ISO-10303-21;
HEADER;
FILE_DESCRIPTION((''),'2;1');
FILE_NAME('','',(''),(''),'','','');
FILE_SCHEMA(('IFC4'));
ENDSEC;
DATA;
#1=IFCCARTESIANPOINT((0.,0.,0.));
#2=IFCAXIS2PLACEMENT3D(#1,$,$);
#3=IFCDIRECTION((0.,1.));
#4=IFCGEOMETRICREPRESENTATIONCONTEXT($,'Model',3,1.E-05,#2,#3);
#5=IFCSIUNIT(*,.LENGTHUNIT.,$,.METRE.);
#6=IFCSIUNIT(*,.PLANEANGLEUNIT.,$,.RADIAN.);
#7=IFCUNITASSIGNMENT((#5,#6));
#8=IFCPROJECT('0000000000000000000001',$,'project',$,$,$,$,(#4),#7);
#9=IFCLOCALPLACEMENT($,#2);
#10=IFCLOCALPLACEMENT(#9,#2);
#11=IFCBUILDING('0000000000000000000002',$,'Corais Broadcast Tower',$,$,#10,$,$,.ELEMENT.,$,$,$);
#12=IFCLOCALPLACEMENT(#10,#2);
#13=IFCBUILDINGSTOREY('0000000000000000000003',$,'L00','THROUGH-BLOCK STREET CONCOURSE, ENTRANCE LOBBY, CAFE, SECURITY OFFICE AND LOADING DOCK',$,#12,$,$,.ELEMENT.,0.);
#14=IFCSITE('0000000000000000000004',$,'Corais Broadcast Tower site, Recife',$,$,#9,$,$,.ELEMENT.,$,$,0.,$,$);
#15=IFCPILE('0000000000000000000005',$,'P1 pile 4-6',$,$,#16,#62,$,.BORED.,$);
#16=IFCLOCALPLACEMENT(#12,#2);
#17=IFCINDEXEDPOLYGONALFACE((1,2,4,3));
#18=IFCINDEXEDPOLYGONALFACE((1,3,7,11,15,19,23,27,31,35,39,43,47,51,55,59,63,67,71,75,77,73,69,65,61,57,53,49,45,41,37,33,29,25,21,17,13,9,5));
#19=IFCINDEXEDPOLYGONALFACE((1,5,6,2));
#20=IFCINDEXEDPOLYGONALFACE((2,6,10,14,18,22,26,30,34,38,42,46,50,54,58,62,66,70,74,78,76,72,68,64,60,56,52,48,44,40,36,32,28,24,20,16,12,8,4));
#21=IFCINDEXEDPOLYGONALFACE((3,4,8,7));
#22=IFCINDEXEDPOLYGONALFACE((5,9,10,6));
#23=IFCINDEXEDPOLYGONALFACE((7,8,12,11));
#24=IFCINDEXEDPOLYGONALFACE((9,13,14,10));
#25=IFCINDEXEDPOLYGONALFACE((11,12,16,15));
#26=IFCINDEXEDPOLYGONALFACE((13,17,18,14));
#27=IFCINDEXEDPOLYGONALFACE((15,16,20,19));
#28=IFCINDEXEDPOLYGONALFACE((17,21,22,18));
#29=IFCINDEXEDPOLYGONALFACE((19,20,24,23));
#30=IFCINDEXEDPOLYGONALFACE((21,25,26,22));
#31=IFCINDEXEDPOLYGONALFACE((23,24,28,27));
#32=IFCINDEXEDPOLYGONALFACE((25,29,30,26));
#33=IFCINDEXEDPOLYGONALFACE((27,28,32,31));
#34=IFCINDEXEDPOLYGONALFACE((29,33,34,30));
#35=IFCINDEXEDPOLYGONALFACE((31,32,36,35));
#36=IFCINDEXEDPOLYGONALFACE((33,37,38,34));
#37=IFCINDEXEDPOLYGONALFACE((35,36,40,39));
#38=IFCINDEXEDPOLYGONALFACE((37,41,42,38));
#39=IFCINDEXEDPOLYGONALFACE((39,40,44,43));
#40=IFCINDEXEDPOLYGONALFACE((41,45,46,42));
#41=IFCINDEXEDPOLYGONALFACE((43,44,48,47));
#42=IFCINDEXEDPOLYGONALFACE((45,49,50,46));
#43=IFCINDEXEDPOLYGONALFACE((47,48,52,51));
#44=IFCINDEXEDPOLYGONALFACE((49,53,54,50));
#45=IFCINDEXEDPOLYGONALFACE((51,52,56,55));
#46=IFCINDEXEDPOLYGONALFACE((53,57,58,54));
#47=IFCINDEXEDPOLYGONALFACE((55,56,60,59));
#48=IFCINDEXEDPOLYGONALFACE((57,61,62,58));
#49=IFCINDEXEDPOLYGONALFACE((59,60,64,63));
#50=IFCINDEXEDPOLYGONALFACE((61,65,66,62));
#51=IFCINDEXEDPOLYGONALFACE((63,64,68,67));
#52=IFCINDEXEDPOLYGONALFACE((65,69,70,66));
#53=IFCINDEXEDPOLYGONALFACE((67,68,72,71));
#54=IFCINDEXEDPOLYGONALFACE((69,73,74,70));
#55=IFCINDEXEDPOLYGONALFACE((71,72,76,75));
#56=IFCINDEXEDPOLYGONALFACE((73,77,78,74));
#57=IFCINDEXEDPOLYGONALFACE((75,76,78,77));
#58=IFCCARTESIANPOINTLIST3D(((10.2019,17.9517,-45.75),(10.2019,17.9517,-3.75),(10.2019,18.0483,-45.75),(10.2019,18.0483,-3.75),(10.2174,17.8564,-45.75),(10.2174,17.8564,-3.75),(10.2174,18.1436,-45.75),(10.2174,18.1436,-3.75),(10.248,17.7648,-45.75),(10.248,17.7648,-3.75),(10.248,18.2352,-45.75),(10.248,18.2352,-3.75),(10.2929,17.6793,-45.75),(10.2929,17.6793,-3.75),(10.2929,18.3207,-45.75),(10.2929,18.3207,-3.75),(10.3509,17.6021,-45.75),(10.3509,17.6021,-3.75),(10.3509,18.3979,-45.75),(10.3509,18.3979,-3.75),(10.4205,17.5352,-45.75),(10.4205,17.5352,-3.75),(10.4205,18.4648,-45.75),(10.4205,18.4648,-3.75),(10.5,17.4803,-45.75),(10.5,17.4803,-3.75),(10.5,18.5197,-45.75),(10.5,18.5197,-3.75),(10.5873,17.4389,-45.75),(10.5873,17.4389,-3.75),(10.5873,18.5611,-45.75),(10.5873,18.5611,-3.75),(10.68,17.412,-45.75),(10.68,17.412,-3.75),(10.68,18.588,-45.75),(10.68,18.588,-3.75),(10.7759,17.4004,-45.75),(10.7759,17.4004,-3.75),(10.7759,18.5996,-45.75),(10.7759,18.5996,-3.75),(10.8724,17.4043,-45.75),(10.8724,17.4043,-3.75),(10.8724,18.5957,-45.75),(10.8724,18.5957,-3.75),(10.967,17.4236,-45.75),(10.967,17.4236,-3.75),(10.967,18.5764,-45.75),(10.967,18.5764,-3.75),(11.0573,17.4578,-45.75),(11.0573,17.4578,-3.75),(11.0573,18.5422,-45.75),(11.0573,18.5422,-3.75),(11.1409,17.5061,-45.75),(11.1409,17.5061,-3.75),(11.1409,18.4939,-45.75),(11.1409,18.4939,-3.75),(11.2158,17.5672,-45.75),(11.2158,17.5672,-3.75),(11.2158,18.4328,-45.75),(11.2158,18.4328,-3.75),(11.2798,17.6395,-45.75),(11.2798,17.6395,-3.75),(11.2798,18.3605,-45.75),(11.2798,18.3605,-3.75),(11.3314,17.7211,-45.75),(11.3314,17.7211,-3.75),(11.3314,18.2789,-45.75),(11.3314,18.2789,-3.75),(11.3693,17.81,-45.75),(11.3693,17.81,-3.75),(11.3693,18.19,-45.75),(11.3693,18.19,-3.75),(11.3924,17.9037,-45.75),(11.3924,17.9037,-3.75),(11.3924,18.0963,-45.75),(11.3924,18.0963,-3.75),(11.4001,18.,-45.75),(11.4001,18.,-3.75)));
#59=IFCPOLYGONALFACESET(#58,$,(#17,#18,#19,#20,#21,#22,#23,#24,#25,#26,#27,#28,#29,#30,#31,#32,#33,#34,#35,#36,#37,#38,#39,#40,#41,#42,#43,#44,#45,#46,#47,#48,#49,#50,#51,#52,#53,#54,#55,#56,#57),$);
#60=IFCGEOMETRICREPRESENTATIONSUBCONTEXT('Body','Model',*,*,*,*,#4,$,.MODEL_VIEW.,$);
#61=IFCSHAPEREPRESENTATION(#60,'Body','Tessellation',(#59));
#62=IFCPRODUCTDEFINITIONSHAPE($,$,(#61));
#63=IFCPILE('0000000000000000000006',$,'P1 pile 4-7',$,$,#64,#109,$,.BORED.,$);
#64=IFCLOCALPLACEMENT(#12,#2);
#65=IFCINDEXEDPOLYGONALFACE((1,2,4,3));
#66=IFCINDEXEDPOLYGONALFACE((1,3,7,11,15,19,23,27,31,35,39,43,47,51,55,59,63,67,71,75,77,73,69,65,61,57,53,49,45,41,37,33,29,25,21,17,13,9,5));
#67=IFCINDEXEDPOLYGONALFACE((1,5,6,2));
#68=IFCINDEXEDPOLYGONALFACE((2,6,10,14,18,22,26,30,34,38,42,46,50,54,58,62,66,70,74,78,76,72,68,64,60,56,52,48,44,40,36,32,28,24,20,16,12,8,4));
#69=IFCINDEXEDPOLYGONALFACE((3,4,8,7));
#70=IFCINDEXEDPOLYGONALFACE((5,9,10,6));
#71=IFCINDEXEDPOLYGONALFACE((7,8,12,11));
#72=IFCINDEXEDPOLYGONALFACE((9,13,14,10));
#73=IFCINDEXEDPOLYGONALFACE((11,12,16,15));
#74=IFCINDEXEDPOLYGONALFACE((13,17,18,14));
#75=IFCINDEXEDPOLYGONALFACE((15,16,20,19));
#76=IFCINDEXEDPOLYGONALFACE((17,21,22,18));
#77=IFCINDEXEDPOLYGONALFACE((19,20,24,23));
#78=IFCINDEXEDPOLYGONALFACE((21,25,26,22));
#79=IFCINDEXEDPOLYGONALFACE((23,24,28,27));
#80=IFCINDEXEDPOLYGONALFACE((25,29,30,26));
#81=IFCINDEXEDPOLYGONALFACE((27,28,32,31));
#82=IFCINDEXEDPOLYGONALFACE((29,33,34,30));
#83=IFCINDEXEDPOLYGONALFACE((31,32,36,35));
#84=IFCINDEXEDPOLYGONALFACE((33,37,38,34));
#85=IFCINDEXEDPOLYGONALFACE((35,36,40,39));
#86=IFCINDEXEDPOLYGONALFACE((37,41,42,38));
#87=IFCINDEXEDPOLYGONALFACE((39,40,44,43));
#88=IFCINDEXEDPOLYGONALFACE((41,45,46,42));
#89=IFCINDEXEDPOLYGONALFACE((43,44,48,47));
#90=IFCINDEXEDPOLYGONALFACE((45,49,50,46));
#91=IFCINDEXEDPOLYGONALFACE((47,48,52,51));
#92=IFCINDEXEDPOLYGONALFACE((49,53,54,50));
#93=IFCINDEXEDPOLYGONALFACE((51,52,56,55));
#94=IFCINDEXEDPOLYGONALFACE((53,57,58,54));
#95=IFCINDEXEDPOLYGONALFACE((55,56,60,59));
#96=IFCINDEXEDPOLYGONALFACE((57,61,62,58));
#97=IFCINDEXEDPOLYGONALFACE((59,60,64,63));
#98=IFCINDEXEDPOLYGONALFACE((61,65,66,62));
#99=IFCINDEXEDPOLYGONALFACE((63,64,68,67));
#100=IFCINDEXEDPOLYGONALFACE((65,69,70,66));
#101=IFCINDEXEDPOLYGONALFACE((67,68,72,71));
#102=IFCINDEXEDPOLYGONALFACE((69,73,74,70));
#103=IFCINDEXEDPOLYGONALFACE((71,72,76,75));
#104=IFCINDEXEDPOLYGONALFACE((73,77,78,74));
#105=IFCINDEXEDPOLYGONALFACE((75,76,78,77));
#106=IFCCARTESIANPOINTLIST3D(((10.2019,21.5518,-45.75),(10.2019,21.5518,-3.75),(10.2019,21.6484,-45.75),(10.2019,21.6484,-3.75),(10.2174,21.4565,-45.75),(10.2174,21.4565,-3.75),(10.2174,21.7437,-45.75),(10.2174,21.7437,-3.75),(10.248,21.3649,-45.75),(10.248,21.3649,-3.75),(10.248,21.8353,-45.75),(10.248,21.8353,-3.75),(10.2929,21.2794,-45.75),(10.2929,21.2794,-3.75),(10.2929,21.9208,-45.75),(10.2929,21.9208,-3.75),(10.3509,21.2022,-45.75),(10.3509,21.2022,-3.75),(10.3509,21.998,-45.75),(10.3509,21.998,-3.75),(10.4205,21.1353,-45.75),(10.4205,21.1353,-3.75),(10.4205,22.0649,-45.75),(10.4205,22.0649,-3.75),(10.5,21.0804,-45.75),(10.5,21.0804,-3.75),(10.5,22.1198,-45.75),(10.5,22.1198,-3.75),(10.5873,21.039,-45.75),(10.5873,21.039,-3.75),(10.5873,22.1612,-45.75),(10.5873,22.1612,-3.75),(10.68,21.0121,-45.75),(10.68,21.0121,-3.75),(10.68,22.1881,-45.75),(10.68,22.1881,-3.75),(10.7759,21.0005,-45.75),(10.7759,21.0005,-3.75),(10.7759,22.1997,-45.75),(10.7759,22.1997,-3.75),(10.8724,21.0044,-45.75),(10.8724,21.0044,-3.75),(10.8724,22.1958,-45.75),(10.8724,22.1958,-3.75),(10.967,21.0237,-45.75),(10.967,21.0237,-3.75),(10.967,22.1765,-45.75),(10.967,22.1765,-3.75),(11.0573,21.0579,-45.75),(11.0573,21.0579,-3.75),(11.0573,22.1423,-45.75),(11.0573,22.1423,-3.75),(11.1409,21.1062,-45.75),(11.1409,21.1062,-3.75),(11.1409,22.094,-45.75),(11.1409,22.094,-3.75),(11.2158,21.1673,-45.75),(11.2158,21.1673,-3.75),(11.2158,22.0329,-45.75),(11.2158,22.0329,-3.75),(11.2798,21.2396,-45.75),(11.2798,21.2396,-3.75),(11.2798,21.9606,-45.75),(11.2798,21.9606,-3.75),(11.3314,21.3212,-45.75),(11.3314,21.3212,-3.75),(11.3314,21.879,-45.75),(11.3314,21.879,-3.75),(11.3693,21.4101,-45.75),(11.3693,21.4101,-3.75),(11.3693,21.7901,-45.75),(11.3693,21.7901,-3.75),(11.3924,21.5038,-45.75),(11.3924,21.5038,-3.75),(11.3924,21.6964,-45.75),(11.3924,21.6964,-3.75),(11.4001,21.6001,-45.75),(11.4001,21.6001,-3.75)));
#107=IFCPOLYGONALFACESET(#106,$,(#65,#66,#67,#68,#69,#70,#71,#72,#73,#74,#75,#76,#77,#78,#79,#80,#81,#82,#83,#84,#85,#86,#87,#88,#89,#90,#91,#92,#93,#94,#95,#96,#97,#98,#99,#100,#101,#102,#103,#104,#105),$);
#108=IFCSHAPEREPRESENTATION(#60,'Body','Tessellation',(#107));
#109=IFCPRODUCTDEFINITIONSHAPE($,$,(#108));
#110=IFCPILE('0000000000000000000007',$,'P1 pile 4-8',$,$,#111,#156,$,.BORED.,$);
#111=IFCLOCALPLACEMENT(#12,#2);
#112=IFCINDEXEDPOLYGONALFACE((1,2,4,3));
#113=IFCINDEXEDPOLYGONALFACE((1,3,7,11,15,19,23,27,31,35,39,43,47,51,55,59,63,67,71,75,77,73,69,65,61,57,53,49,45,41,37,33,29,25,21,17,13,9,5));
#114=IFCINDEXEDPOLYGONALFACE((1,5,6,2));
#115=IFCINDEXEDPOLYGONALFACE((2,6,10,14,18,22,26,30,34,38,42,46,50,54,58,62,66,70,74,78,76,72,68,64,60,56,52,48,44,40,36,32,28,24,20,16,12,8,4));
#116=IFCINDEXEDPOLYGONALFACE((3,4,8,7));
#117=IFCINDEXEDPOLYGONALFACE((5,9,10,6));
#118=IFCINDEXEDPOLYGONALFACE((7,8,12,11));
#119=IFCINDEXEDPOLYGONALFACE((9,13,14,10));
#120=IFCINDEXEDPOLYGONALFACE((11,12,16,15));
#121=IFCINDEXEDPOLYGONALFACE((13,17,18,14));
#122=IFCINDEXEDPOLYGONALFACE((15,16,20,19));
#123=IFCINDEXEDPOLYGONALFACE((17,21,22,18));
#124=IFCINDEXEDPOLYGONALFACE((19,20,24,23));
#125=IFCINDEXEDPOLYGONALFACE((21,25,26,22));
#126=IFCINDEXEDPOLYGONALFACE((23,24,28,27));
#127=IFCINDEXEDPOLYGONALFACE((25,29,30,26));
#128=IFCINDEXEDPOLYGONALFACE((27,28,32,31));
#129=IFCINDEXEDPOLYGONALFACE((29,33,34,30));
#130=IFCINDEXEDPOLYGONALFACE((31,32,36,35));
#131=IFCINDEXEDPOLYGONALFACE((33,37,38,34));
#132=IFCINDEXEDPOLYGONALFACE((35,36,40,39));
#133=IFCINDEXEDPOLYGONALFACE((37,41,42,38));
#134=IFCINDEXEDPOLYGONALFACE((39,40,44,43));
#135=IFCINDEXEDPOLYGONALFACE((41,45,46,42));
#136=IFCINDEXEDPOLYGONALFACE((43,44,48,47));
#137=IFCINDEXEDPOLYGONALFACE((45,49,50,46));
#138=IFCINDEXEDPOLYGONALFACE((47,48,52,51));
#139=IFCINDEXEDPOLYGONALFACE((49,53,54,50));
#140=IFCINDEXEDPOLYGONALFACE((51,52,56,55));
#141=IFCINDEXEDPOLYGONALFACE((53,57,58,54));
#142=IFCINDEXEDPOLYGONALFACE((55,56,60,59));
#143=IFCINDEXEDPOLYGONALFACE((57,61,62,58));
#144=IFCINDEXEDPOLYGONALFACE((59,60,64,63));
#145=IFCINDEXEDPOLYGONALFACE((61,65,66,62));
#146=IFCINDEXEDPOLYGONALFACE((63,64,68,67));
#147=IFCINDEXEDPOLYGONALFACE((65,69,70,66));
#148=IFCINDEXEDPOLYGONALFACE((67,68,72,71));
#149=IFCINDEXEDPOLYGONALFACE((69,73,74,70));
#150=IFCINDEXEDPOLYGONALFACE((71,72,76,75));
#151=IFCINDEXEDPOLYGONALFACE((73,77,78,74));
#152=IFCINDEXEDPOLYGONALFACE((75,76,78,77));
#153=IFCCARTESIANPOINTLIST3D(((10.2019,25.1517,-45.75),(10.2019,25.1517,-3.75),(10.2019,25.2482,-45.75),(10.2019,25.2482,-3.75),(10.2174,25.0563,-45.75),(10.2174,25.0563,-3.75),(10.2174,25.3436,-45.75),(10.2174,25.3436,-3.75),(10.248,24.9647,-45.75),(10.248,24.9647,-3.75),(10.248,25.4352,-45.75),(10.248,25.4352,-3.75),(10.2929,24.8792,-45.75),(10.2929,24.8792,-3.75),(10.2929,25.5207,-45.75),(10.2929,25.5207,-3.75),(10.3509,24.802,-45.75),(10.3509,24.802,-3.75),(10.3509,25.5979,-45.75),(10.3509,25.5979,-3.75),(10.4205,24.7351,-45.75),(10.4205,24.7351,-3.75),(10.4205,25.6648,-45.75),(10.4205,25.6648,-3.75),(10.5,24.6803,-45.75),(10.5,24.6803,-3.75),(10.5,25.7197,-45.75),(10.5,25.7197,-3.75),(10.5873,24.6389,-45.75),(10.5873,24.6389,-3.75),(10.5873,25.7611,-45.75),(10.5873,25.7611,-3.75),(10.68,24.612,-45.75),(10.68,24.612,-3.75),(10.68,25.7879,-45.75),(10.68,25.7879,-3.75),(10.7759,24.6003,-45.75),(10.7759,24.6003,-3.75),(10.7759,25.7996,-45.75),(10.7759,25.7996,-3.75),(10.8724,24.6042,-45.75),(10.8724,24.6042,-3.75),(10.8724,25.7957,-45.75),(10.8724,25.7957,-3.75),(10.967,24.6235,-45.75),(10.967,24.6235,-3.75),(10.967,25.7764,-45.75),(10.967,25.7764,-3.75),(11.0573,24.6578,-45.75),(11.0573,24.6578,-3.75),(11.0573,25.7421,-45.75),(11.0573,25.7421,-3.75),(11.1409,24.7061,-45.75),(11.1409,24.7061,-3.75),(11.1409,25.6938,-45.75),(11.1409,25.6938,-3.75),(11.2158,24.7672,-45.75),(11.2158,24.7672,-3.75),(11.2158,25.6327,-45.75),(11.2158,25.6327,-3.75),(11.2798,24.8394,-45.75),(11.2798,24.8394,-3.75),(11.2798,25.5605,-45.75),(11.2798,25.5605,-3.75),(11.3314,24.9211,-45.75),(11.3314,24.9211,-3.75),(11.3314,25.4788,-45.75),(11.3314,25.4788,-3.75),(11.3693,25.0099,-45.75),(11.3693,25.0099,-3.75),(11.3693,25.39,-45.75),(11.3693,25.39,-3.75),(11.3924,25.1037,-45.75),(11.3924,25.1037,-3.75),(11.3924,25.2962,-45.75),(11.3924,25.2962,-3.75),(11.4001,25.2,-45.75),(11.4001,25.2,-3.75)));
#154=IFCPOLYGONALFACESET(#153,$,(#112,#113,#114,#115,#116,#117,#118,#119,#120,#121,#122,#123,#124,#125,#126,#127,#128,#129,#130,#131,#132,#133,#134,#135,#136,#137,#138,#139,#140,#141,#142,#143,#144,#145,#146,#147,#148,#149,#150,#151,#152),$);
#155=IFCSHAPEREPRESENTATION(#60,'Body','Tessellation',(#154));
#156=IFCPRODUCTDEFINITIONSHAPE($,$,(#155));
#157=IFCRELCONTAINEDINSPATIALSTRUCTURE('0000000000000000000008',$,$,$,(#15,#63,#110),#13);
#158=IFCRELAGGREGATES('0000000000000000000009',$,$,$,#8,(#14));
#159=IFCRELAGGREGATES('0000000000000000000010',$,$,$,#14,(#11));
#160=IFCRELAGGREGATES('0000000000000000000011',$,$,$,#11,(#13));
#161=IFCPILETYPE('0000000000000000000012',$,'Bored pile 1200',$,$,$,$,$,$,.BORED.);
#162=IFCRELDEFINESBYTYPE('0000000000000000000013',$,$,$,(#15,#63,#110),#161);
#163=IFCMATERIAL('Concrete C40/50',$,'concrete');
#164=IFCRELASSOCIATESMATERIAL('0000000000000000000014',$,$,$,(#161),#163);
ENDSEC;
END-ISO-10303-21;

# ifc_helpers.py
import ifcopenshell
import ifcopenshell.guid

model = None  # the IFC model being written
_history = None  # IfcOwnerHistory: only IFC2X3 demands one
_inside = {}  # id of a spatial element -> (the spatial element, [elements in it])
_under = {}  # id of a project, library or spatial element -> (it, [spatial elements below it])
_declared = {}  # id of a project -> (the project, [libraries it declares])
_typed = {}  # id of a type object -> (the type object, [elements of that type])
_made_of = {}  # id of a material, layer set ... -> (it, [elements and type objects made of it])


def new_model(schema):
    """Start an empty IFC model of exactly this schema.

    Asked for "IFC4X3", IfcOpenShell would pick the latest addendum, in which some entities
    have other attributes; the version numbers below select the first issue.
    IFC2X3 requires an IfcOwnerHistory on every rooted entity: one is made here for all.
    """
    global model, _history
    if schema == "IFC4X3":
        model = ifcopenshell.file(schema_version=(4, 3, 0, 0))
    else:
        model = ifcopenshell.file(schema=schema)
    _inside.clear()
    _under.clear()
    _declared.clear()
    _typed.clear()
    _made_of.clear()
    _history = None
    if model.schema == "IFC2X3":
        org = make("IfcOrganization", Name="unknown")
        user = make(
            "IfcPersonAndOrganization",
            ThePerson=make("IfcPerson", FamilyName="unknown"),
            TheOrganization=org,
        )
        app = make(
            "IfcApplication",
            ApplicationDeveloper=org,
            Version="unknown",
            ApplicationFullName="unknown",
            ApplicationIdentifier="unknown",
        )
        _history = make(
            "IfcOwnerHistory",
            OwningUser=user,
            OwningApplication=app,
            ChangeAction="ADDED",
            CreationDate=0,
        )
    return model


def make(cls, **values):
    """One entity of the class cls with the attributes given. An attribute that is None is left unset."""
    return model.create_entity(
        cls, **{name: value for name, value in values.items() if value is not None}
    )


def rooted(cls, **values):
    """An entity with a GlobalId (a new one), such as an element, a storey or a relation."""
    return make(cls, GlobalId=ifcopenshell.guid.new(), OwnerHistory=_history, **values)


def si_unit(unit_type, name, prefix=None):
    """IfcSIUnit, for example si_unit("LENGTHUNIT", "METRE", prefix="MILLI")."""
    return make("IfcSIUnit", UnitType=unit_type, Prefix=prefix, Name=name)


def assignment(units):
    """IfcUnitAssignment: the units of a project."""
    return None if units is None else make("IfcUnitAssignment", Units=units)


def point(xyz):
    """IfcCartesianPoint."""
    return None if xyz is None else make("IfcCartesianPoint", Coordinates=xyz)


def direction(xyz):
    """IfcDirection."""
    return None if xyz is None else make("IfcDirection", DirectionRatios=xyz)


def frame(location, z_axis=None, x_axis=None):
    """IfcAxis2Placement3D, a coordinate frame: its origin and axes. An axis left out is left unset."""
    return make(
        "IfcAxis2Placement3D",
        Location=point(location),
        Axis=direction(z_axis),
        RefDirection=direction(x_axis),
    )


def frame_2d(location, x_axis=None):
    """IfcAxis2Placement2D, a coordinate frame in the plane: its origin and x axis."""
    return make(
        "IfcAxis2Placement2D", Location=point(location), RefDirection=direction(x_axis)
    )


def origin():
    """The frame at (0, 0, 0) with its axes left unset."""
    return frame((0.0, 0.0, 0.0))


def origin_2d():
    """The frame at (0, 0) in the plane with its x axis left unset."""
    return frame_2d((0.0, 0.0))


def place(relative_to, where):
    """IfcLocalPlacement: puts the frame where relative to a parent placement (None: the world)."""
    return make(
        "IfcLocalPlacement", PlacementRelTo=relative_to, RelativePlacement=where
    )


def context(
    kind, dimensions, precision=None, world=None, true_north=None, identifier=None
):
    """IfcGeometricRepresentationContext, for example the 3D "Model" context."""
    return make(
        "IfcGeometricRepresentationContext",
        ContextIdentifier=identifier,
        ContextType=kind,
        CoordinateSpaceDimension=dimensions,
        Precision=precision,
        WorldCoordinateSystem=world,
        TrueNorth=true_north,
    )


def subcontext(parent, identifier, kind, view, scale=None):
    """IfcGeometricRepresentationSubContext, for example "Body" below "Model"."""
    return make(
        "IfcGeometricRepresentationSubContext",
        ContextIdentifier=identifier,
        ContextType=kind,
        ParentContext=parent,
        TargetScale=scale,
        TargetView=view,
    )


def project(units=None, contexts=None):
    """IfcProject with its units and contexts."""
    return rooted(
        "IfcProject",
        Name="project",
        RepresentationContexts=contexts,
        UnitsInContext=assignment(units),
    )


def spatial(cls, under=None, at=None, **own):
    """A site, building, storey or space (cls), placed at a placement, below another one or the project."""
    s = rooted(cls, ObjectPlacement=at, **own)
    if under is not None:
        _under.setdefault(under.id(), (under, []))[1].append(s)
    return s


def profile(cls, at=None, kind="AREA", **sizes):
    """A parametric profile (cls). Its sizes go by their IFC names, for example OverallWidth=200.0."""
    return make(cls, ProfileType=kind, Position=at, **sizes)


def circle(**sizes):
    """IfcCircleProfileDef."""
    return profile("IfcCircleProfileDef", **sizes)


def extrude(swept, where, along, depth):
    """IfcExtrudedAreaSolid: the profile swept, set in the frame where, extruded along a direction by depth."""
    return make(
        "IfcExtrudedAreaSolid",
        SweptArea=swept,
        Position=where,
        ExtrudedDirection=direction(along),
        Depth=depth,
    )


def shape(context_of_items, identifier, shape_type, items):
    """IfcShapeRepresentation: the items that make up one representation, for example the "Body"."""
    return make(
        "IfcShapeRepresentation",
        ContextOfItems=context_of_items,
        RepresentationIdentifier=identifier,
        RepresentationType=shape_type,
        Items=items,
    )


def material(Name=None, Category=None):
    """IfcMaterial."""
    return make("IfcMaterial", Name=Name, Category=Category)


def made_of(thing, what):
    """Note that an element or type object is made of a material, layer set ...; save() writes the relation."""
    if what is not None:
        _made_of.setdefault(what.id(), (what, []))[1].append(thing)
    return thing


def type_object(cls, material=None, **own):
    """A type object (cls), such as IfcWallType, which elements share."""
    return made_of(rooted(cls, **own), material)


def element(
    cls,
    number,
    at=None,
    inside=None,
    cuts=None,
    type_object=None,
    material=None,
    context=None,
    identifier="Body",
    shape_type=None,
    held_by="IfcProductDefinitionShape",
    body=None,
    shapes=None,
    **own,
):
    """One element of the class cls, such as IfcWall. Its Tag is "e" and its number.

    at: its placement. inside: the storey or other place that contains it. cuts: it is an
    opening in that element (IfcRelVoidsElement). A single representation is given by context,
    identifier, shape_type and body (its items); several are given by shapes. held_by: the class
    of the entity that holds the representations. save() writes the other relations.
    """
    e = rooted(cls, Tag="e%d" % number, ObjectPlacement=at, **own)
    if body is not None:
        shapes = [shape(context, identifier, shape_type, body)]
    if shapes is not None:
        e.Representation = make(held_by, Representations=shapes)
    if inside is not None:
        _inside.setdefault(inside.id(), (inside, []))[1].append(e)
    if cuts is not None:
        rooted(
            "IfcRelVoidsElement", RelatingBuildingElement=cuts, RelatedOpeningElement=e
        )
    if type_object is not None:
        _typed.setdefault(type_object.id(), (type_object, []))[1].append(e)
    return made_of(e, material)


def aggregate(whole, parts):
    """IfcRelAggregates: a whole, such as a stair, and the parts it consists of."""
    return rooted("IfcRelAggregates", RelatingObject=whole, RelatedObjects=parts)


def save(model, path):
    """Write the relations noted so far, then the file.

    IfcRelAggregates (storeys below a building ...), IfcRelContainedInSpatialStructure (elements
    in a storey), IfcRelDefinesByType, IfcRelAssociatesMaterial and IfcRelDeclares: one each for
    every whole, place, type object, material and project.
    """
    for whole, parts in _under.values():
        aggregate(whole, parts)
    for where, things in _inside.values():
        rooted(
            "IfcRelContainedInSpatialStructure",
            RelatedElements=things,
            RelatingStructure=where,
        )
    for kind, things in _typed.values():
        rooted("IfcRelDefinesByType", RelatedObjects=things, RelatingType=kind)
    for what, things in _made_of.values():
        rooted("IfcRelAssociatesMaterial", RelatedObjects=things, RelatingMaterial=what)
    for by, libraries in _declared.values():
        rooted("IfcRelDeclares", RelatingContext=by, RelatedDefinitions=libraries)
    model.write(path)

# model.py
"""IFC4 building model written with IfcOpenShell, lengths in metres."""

from ifc_helpers import new_model, si_unit, direction, frame, origin, origin_2d, place, context, subcontext, project, spatial, circle, extrude, material, type_object, element, save


model = new_model("IFC4")

# Units and contexts
model_context = context("Model", 3, precision=1e-05, world=origin(), true_north=direction((0.0, 1.0)))
body_context = subcontext(model_context, "Body", "Model", "MODEL_VIEW")
ifc_project = project(units=[si_unit("LENGTHUNIT", "METRE"), si_unit("PLANEANGLEUNIT", "RADIAN")], contexts=[model_context])

# Site, building, storey
site_placement = place(None, origin())
site = spatial("IfcSite", under=ifc_project, at=site_placement, Name="Corais Broadcast Tower site, Recife", CompositionType="ELEMENT", RefElevation=0.0)
building_placement = place(site_placement, origin())
building = spatial("IfcBuilding", under=site, at=building_placement, Name="Corais Broadcast Tower", CompositionType="ELEMENT")
storey_placement = place(building_placement, origin())
storey = spatial("IfcBuildingStorey", under=building, at=storey_placement, Name="L00", Description="THROUGH-BLOCK STREET CONCOURSE, ENTRANCE LOBBY, CAFE, SECURITY OFFICE AND LOADING DOCK", CompositionType="ELEMENT", Elevation=0.0)

# Piles
ifc_material = material(Name="Concrete C40/50", Category="concrete")
pile_type = type_object("IfcPileType", Name="Bored pile 1200", PredefinedType="BORED", material=ifc_material)
for number, where, z_axis, x_axis, name in (
    (1, (10.8, 18.0, -3.75), (0.0, 0.0, -1.0), (1.0, 0.0, 0.0), "P1 pile 4-6"),
    (2, (10.8, 21.6001, -3.75), (0.0, 0.0, -1.0), (1.0, 0.0, 0.0), "P1 pile 4-7"),
    (3, (10.8, 25.2, -3.75), (0.0, 0.0, -1.0), (1.0, 0.0, 0.0), "P1 pile 4-8"),
):
    element("IfcPile", number, at=place(storey_placement, frame(where, z_axis=z_axis, x_axis=x_axis)), inside=storey, type_object=pile_type, Name=name, PredefinedType="BORED", context=body_context, shape_type="SweptSolid", body=[
        extrude(circle(Radius=0.6001, at=origin_2d()), origin(), (0.0, 0.0, 1.0), 42.0),
    ])

save(model, "model.ifc")
